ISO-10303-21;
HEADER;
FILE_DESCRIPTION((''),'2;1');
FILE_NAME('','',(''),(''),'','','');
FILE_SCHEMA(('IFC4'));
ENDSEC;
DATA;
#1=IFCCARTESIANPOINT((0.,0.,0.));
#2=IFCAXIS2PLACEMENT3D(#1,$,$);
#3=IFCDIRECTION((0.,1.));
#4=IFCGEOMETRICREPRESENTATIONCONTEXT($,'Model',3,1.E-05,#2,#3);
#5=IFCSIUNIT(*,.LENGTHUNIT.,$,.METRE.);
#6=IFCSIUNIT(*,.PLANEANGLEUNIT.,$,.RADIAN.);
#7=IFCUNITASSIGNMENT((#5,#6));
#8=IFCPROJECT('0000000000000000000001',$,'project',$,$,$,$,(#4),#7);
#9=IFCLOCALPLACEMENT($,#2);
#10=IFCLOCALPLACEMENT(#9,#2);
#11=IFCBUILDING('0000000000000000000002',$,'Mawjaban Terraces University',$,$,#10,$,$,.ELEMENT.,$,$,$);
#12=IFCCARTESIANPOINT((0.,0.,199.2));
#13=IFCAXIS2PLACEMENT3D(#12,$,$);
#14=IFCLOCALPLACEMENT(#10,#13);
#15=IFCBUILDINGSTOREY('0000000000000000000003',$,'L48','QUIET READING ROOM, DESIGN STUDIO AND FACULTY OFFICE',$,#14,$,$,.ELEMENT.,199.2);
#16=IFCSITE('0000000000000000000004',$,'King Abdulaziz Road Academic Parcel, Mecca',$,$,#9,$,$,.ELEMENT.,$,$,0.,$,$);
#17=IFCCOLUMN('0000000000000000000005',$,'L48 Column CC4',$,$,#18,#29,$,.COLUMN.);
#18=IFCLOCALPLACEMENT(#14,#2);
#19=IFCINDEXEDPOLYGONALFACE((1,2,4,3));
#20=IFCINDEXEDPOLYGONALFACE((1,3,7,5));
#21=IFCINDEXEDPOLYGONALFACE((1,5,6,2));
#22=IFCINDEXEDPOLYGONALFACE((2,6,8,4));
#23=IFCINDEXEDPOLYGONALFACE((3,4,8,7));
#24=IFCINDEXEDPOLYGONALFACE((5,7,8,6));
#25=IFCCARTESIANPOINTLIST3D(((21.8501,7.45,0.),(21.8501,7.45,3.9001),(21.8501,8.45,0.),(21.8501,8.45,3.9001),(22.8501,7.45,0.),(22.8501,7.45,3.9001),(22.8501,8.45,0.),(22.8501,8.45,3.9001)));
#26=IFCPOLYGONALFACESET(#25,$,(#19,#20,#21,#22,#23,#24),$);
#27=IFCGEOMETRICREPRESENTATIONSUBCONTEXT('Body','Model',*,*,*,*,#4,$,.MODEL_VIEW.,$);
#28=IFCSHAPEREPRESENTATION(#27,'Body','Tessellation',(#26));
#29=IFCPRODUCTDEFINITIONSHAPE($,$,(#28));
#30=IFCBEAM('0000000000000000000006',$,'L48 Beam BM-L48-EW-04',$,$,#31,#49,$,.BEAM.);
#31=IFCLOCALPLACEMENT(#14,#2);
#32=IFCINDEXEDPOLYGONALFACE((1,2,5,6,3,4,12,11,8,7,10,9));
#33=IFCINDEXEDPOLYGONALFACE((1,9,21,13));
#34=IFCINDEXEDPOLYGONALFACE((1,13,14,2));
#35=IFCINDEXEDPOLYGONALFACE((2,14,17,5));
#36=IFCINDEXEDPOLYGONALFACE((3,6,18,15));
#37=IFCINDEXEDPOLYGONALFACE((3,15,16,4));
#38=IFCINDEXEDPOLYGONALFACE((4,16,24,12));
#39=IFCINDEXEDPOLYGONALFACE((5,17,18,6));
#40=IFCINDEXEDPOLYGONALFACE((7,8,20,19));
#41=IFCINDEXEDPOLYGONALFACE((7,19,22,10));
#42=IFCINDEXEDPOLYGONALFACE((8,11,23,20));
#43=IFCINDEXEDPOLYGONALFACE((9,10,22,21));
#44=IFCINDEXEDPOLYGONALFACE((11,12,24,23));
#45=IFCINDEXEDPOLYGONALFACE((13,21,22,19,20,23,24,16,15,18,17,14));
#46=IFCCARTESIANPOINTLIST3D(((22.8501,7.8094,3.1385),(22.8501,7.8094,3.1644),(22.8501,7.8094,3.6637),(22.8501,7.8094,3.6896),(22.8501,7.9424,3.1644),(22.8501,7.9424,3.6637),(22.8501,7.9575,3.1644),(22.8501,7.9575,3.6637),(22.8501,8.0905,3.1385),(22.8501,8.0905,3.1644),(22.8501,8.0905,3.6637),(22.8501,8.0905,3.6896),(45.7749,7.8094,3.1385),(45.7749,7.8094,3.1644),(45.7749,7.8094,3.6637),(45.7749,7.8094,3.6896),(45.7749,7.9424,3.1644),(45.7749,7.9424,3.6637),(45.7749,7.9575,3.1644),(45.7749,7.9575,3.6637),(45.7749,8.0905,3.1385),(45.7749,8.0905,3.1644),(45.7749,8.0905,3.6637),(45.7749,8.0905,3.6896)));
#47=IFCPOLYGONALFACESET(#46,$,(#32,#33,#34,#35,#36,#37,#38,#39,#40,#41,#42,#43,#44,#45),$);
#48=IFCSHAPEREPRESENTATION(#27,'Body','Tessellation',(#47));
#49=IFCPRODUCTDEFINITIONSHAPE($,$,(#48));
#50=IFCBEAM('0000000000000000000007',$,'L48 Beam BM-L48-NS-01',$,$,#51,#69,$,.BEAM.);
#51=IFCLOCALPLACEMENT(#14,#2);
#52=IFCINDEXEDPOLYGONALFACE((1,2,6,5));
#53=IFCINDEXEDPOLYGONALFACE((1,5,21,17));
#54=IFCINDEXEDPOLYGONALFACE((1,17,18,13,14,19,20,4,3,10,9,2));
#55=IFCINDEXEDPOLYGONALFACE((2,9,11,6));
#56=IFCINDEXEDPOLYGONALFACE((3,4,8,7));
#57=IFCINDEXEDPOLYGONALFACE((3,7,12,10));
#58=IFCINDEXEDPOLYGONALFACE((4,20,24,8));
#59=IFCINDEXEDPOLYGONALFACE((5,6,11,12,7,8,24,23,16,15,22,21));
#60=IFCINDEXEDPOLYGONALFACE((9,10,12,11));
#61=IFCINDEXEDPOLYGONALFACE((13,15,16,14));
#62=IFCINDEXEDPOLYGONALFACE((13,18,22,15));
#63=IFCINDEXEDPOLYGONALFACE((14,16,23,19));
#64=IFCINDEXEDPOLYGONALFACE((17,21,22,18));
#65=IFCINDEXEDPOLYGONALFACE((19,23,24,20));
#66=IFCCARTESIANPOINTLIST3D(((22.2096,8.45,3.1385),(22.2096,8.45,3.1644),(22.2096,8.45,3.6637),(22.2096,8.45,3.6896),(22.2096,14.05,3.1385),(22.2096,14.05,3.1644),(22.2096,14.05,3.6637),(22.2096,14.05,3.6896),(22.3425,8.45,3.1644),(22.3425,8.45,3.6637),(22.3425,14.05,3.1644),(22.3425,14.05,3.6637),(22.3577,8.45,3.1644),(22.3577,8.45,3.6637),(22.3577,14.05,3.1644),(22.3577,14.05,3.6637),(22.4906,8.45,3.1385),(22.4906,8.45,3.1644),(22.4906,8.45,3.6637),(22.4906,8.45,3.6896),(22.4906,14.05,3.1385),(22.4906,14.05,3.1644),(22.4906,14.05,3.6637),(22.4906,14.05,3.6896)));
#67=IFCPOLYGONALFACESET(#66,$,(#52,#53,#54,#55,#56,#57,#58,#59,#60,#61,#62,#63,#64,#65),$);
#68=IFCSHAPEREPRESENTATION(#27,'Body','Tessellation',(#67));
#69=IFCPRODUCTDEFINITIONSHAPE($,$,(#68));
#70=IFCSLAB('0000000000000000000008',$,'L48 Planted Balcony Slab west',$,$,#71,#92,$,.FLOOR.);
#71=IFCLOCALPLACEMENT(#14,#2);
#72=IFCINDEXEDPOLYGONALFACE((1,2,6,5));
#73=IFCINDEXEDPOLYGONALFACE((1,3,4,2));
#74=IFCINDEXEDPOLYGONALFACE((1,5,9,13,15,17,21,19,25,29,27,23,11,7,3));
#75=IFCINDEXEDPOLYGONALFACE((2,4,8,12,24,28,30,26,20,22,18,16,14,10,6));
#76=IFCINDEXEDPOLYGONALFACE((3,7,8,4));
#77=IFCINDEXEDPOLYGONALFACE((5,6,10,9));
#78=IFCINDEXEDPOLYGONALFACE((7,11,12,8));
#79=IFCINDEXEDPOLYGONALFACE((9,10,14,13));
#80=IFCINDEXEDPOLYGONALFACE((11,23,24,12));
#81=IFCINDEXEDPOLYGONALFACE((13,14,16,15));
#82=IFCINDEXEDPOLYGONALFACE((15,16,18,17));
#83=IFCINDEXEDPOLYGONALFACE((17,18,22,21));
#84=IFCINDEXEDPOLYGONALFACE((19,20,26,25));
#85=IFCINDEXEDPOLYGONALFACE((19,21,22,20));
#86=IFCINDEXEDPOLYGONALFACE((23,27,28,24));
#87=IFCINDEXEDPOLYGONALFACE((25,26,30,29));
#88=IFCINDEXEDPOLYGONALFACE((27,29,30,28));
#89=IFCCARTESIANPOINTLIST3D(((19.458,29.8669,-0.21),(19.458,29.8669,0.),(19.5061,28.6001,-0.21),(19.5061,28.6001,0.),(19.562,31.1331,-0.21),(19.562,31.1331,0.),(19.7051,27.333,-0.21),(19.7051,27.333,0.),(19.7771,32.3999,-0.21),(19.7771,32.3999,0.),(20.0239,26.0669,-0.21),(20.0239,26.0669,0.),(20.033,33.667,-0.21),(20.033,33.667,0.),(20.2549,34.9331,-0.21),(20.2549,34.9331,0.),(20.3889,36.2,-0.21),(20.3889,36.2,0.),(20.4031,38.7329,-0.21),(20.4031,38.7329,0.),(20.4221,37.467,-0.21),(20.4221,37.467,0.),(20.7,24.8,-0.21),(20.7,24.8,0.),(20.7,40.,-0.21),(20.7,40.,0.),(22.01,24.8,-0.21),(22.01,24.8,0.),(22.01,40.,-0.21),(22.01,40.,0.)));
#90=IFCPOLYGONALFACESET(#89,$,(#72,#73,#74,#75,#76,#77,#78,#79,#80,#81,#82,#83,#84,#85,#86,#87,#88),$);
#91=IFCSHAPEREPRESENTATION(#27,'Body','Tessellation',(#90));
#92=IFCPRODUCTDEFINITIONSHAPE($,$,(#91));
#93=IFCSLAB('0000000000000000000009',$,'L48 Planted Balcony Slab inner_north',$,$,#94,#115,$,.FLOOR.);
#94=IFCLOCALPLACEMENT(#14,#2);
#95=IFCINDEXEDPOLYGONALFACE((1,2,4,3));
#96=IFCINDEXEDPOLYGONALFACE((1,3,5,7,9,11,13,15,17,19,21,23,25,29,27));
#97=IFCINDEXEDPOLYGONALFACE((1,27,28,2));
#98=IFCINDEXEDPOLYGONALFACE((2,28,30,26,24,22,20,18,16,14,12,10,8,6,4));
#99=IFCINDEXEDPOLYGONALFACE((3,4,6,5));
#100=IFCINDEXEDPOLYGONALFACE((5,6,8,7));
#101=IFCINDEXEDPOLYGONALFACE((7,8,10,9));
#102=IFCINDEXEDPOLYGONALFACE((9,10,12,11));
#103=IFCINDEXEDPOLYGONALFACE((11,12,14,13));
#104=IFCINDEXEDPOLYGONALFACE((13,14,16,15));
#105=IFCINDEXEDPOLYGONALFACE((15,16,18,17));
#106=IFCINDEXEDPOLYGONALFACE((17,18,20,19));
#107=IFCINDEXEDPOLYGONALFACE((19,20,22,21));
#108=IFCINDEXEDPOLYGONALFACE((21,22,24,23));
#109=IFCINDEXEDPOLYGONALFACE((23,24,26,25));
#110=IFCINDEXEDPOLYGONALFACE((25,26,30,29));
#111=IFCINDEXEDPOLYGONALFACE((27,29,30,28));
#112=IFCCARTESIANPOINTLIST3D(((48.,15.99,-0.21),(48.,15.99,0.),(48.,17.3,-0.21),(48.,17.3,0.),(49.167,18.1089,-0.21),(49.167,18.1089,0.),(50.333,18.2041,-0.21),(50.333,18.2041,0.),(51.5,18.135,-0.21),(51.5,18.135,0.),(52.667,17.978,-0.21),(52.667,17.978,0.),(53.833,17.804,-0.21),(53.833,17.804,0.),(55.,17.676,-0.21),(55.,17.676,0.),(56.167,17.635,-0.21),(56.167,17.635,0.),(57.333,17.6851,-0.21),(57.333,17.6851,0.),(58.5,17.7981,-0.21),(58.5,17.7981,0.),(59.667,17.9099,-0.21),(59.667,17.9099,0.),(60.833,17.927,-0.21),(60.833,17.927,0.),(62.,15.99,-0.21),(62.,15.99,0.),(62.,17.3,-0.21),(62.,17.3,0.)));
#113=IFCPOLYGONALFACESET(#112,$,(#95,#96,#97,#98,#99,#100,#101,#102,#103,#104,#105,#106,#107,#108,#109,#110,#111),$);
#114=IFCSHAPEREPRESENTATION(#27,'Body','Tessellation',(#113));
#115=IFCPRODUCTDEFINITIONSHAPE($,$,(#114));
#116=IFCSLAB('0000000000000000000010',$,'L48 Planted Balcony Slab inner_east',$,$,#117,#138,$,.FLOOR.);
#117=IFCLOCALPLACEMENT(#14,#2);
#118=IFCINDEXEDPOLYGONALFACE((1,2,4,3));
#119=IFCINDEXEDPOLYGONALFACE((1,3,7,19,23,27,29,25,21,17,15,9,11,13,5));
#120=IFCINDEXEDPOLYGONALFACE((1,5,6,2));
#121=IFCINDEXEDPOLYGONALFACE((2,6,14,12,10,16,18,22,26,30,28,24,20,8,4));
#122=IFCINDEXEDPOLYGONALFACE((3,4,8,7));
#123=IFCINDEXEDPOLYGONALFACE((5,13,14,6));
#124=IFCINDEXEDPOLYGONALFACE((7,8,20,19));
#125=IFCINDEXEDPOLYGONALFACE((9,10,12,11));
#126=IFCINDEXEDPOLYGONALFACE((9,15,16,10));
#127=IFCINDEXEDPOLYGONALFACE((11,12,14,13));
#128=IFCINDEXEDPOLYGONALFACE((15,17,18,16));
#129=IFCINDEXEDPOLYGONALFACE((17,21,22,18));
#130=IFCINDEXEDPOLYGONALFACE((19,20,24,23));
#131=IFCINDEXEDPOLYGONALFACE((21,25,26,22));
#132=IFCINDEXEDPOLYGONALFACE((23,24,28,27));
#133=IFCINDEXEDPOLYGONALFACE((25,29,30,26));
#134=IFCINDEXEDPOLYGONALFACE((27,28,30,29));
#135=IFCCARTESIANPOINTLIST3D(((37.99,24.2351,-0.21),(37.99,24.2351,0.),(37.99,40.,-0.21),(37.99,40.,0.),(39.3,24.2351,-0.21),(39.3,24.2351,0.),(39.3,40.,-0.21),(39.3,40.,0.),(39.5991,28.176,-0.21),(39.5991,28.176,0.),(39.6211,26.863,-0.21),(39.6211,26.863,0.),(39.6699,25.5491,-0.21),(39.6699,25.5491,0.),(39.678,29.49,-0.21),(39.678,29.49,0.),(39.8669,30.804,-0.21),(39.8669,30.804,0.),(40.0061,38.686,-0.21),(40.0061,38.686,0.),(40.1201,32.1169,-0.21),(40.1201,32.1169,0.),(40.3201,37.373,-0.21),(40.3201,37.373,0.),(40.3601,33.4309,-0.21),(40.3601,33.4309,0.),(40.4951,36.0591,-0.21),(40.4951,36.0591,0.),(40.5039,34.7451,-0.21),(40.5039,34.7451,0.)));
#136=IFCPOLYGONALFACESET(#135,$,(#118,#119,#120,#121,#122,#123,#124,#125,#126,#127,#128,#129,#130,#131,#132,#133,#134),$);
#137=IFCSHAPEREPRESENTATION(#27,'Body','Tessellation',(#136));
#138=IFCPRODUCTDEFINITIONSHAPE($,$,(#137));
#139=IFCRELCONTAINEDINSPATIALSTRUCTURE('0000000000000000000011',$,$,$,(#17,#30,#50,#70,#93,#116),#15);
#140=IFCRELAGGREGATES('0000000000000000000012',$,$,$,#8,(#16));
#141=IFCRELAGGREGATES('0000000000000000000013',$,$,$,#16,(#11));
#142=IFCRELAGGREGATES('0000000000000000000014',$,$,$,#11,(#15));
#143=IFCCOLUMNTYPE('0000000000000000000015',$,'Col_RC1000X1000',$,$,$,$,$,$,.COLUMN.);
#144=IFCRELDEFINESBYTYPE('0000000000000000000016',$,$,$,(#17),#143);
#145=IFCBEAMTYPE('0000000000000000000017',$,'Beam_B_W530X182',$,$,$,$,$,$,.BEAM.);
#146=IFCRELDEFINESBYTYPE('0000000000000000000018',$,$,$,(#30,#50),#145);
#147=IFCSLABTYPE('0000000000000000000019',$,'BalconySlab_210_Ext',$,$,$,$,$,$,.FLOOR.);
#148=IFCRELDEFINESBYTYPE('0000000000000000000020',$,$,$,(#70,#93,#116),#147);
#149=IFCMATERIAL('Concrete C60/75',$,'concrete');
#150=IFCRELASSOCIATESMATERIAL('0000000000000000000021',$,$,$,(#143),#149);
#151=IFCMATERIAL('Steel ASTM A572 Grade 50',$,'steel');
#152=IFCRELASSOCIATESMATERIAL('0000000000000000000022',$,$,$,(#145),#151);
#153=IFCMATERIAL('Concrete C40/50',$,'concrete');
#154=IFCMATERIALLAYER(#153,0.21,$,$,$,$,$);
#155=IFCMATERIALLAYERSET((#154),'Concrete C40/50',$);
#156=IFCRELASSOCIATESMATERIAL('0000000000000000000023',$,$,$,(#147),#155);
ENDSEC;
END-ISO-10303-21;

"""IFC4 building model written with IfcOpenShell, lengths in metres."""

from ifc_helpers import new_model, si_unit, direction, frame, origin, origin_2d, place, context, subcontext, project, spatial, polyline, rectangle, i_section, outline, extrude, material, layer, layer_set, material_profile, profile_set, type_object, element, save


model = new_model("IFC4")

# Units and contexts
model_context = context("Model", 3, precision=1e-05, world=origin(), true_north=direction((0.0, 1.0)))
body_context = subcontext(model_context, "Body", "Model", "MODEL_VIEW")
ifc_project = project(units=[si_unit("LENGTHUNIT", "METRE"), si_unit("PLANEANGLEUNIT", "RADIAN")], contexts=[model_context])

# Site, building, storey
site_placement = place(None, origin())
site = spatial("IfcSite", under=ifc_project, at=site_placement, Name="King Abdulaziz Road Academic Parcel, Mecca", CompositionType="ELEMENT", RefElevation=0.0)
building_placement = place(site_placement, origin())
building = spatial("IfcBuilding", under=site, at=building_placement, Name="Mawjaban Terraces University", CompositionType="ELEMENT")
storey_placement = place(building_placement, frame((0.0, 0.0, 199.2)))
storey = spatial("IfcBuildingStorey", under=building, at=storey_placement, Name="L48", Description="QUIET READING ROOM, DESIGN STUDIO AND FACULTY OFFICE", CompositionType="ELEMENT", Elevation=199.2)

# Column
ifc_material_1 = material(Name="Concrete C60/75", Category="concrete")
ifc_material_profile_1 = material_profile(ifc_material_1, rectangle(XDim=1.0, YDim=1.0, at=origin_2d()), Name="RC1000X1000")
ifc_profile_set_1 = profile_set([ifc_material_profile_1], Name="Concrete C60/75")
column_type = type_object("IfcColumnType", Name="Col_RC1000X1000", PredefinedType="COLUMN", material=ifc_profile_set_1)
column_placement = place(storey_placement, frame((22.3501, 7.95, 0.0), z_axis=(0.0, 0.0, 1.0), x_axis=(1.0, 0.0, 0.0)))
element("IfcColumn", 1, at=column_placement, inside=storey, type_object=column_type, Name="L48 Column CC4", PredefinedType="COLUMN", context=body_context, shape_type="SweptSolid", body=[
    extrude(rectangle(XDim=1.0, YDim=1.0, at=origin_2d()), origin(), (0.0, 0.0, 1.0), 3.9001),
])

# Beams
ifc_material_2 = material(Name="Steel ASTM A572 Grade 50", Category="steel")
ifc_material_profile_2 = material_profile(ifc_material_2, i_section(OverallWidth=0.281, OverallDepth=0.551, WebThickness=0.0151, FlangeThickness=0.0259, at=origin_2d()), Name="W530X182")
ifc_profile_set_2 = profile_set([ifc_material_profile_2], Name="Steel ASTM A572 Grade 50")
beam_type = type_object("IfcBeamType", Name="Beam_B_W530X182", PredefinedType="BEAM", material=ifc_profile_set_2)
beam_1_placement = place(storey_placement, frame((22.8501, 7.95, 3.4141), z_axis=(1.0, 0.0, 0.0), x_axis=(0.0, 1.0, 0.0)))
element("IfcBeam", 2, at=beam_1_placement, inside=storey, type_object=beam_type, Name="L48 Beam BM-L48-EW-04", PredefinedType="BEAM", context=body_context, shape_type="SweptSolid", body=[
    extrude(i_section(OverallWidth=0.281, OverallDepth=0.551, WebThickness=0.0151, FlangeThickness=0.0259, at=origin_2d()), origin(), (0.0, 0.0, 1.0), 22.9248),
])
beam_2_placement = place(storey_placement, frame((22.3501, 8.45, 3.4141), z_axis=(0.0, 1.0, 0.0), x_axis=(-1.0, 0.0, 0.0)))
element("IfcBeam", 3, at=beam_2_placement, inside=storey, type_object=beam_type, Name="L48 Beam BM-L48-NS-01", PredefinedType="BEAM", context=body_context, shape_type="SweptSolid", body=[
    extrude(i_section(OverallWidth=0.281, OverallDepth=0.551, WebThickness=0.0151, FlangeThickness=0.0259, at=origin_2d()), origin(), (0.0, 0.0, 1.0), 5.6001),
])

# Slabs
ifc_material_3 = material(Name="Concrete C40/50", Category="concrete")
ifc_layer_1 = layer(ifc_material_3, 0.21)
ifc_layer_set_1 = layer_set([ifc_layer_1], Name="Concrete C40/50")
slab_type_1 = type_object("IfcSlabType", Name="BalconySlab_210_Ext", PredefinedType="FLOOR", material=ifc_layer_set_1)
slab_1_placement = place(storey_placement, frame((0.0, 0.0, -0.21)))
element("IfcSlab", 4, at=slab_1_placement, inside=storey, type_object=slab_type_1, Name="L48 Planted Balcony Slab west", PredefinedType="FLOOR", context=body_context, shape_type="SweptSolid", body=[
    extrude(outline(polyline([(22.01, 24.8), (22.01, 40.0), (20.7, 40.0), (20.4031, 38.7329), (20.4221, 37.467), (20.3889, 36.2), (20.2549, 34.9331), (20.033, 33.667), (19.7771, 32.3999), (19.562, 31.1331), (19.458, 29.8669), (19.5061, 28.6001), (19.7051, 27.333), (20.0239, 26.0669), (20.7, 24.8), (22.01, 24.8)])), origin(), (0.0, 0.0, 1.0), 0.21),
])
slab_2_placement = place(storey_placement, frame((0.0, 0.0, -0.21)))
element("IfcSlab", 5, at=slab_2_placement, inside=storey, type_object=slab_type_1, Name="L48 Planted Balcony Slab inner_north", PredefinedType="FLOOR", context=body_context, shape_type="SweptSolid", body=[
    extrude(outline(polyline([(48.0, 15.99), (62.0, 15.99), (62.0, 17.3), (60.833, 17.927), (59.667, 17.9099), (58.5, 17.7981), (57.333, 17.6851), (56.167, 17.635), (55.0, 17.676), (53.833, 17.804), (52.667, 17.978), (51.5, 18.135), (50.333, 18.2041), (49.167, 18.1089), (48.0, 17.3), (48.0, 15.99)])), origin(), (0.0, 0.0, 1.0), 0.21),
])
slab_3_placement = place(storey_placement, frame((0.0, 0.0, -0.21)))
element("IfcSlab", 6, at=slab_3_placement, inside=storey, type_object=slab_type_1, Name="L48 Planted Balcony Slab inner_east", PredefinedType="FLOOR", context=body_context, shape_type="SweptSolid", body=[
    extrude(outline(polyline([(39.3, 24.2351), (39.6699, 25.5491), (39.6211, 26.863), (39.5991, 28.176), (39.678, 29.49), (39.8669, 30.804), (40.1201, 32.1169), (40.3601, 33.4309), (40.5039, 34.7451), (40.4951, 36.0591), (40.3201, 37.373), (40.0061, 38.686), (39.3, 40.0), (37.99, 40.0), (37.99, 24.2351), (39.3, 24.2351)])), origin(), (0.0, 0.0, 1.0), 0.21),
])

save(model, "model.ifc")
